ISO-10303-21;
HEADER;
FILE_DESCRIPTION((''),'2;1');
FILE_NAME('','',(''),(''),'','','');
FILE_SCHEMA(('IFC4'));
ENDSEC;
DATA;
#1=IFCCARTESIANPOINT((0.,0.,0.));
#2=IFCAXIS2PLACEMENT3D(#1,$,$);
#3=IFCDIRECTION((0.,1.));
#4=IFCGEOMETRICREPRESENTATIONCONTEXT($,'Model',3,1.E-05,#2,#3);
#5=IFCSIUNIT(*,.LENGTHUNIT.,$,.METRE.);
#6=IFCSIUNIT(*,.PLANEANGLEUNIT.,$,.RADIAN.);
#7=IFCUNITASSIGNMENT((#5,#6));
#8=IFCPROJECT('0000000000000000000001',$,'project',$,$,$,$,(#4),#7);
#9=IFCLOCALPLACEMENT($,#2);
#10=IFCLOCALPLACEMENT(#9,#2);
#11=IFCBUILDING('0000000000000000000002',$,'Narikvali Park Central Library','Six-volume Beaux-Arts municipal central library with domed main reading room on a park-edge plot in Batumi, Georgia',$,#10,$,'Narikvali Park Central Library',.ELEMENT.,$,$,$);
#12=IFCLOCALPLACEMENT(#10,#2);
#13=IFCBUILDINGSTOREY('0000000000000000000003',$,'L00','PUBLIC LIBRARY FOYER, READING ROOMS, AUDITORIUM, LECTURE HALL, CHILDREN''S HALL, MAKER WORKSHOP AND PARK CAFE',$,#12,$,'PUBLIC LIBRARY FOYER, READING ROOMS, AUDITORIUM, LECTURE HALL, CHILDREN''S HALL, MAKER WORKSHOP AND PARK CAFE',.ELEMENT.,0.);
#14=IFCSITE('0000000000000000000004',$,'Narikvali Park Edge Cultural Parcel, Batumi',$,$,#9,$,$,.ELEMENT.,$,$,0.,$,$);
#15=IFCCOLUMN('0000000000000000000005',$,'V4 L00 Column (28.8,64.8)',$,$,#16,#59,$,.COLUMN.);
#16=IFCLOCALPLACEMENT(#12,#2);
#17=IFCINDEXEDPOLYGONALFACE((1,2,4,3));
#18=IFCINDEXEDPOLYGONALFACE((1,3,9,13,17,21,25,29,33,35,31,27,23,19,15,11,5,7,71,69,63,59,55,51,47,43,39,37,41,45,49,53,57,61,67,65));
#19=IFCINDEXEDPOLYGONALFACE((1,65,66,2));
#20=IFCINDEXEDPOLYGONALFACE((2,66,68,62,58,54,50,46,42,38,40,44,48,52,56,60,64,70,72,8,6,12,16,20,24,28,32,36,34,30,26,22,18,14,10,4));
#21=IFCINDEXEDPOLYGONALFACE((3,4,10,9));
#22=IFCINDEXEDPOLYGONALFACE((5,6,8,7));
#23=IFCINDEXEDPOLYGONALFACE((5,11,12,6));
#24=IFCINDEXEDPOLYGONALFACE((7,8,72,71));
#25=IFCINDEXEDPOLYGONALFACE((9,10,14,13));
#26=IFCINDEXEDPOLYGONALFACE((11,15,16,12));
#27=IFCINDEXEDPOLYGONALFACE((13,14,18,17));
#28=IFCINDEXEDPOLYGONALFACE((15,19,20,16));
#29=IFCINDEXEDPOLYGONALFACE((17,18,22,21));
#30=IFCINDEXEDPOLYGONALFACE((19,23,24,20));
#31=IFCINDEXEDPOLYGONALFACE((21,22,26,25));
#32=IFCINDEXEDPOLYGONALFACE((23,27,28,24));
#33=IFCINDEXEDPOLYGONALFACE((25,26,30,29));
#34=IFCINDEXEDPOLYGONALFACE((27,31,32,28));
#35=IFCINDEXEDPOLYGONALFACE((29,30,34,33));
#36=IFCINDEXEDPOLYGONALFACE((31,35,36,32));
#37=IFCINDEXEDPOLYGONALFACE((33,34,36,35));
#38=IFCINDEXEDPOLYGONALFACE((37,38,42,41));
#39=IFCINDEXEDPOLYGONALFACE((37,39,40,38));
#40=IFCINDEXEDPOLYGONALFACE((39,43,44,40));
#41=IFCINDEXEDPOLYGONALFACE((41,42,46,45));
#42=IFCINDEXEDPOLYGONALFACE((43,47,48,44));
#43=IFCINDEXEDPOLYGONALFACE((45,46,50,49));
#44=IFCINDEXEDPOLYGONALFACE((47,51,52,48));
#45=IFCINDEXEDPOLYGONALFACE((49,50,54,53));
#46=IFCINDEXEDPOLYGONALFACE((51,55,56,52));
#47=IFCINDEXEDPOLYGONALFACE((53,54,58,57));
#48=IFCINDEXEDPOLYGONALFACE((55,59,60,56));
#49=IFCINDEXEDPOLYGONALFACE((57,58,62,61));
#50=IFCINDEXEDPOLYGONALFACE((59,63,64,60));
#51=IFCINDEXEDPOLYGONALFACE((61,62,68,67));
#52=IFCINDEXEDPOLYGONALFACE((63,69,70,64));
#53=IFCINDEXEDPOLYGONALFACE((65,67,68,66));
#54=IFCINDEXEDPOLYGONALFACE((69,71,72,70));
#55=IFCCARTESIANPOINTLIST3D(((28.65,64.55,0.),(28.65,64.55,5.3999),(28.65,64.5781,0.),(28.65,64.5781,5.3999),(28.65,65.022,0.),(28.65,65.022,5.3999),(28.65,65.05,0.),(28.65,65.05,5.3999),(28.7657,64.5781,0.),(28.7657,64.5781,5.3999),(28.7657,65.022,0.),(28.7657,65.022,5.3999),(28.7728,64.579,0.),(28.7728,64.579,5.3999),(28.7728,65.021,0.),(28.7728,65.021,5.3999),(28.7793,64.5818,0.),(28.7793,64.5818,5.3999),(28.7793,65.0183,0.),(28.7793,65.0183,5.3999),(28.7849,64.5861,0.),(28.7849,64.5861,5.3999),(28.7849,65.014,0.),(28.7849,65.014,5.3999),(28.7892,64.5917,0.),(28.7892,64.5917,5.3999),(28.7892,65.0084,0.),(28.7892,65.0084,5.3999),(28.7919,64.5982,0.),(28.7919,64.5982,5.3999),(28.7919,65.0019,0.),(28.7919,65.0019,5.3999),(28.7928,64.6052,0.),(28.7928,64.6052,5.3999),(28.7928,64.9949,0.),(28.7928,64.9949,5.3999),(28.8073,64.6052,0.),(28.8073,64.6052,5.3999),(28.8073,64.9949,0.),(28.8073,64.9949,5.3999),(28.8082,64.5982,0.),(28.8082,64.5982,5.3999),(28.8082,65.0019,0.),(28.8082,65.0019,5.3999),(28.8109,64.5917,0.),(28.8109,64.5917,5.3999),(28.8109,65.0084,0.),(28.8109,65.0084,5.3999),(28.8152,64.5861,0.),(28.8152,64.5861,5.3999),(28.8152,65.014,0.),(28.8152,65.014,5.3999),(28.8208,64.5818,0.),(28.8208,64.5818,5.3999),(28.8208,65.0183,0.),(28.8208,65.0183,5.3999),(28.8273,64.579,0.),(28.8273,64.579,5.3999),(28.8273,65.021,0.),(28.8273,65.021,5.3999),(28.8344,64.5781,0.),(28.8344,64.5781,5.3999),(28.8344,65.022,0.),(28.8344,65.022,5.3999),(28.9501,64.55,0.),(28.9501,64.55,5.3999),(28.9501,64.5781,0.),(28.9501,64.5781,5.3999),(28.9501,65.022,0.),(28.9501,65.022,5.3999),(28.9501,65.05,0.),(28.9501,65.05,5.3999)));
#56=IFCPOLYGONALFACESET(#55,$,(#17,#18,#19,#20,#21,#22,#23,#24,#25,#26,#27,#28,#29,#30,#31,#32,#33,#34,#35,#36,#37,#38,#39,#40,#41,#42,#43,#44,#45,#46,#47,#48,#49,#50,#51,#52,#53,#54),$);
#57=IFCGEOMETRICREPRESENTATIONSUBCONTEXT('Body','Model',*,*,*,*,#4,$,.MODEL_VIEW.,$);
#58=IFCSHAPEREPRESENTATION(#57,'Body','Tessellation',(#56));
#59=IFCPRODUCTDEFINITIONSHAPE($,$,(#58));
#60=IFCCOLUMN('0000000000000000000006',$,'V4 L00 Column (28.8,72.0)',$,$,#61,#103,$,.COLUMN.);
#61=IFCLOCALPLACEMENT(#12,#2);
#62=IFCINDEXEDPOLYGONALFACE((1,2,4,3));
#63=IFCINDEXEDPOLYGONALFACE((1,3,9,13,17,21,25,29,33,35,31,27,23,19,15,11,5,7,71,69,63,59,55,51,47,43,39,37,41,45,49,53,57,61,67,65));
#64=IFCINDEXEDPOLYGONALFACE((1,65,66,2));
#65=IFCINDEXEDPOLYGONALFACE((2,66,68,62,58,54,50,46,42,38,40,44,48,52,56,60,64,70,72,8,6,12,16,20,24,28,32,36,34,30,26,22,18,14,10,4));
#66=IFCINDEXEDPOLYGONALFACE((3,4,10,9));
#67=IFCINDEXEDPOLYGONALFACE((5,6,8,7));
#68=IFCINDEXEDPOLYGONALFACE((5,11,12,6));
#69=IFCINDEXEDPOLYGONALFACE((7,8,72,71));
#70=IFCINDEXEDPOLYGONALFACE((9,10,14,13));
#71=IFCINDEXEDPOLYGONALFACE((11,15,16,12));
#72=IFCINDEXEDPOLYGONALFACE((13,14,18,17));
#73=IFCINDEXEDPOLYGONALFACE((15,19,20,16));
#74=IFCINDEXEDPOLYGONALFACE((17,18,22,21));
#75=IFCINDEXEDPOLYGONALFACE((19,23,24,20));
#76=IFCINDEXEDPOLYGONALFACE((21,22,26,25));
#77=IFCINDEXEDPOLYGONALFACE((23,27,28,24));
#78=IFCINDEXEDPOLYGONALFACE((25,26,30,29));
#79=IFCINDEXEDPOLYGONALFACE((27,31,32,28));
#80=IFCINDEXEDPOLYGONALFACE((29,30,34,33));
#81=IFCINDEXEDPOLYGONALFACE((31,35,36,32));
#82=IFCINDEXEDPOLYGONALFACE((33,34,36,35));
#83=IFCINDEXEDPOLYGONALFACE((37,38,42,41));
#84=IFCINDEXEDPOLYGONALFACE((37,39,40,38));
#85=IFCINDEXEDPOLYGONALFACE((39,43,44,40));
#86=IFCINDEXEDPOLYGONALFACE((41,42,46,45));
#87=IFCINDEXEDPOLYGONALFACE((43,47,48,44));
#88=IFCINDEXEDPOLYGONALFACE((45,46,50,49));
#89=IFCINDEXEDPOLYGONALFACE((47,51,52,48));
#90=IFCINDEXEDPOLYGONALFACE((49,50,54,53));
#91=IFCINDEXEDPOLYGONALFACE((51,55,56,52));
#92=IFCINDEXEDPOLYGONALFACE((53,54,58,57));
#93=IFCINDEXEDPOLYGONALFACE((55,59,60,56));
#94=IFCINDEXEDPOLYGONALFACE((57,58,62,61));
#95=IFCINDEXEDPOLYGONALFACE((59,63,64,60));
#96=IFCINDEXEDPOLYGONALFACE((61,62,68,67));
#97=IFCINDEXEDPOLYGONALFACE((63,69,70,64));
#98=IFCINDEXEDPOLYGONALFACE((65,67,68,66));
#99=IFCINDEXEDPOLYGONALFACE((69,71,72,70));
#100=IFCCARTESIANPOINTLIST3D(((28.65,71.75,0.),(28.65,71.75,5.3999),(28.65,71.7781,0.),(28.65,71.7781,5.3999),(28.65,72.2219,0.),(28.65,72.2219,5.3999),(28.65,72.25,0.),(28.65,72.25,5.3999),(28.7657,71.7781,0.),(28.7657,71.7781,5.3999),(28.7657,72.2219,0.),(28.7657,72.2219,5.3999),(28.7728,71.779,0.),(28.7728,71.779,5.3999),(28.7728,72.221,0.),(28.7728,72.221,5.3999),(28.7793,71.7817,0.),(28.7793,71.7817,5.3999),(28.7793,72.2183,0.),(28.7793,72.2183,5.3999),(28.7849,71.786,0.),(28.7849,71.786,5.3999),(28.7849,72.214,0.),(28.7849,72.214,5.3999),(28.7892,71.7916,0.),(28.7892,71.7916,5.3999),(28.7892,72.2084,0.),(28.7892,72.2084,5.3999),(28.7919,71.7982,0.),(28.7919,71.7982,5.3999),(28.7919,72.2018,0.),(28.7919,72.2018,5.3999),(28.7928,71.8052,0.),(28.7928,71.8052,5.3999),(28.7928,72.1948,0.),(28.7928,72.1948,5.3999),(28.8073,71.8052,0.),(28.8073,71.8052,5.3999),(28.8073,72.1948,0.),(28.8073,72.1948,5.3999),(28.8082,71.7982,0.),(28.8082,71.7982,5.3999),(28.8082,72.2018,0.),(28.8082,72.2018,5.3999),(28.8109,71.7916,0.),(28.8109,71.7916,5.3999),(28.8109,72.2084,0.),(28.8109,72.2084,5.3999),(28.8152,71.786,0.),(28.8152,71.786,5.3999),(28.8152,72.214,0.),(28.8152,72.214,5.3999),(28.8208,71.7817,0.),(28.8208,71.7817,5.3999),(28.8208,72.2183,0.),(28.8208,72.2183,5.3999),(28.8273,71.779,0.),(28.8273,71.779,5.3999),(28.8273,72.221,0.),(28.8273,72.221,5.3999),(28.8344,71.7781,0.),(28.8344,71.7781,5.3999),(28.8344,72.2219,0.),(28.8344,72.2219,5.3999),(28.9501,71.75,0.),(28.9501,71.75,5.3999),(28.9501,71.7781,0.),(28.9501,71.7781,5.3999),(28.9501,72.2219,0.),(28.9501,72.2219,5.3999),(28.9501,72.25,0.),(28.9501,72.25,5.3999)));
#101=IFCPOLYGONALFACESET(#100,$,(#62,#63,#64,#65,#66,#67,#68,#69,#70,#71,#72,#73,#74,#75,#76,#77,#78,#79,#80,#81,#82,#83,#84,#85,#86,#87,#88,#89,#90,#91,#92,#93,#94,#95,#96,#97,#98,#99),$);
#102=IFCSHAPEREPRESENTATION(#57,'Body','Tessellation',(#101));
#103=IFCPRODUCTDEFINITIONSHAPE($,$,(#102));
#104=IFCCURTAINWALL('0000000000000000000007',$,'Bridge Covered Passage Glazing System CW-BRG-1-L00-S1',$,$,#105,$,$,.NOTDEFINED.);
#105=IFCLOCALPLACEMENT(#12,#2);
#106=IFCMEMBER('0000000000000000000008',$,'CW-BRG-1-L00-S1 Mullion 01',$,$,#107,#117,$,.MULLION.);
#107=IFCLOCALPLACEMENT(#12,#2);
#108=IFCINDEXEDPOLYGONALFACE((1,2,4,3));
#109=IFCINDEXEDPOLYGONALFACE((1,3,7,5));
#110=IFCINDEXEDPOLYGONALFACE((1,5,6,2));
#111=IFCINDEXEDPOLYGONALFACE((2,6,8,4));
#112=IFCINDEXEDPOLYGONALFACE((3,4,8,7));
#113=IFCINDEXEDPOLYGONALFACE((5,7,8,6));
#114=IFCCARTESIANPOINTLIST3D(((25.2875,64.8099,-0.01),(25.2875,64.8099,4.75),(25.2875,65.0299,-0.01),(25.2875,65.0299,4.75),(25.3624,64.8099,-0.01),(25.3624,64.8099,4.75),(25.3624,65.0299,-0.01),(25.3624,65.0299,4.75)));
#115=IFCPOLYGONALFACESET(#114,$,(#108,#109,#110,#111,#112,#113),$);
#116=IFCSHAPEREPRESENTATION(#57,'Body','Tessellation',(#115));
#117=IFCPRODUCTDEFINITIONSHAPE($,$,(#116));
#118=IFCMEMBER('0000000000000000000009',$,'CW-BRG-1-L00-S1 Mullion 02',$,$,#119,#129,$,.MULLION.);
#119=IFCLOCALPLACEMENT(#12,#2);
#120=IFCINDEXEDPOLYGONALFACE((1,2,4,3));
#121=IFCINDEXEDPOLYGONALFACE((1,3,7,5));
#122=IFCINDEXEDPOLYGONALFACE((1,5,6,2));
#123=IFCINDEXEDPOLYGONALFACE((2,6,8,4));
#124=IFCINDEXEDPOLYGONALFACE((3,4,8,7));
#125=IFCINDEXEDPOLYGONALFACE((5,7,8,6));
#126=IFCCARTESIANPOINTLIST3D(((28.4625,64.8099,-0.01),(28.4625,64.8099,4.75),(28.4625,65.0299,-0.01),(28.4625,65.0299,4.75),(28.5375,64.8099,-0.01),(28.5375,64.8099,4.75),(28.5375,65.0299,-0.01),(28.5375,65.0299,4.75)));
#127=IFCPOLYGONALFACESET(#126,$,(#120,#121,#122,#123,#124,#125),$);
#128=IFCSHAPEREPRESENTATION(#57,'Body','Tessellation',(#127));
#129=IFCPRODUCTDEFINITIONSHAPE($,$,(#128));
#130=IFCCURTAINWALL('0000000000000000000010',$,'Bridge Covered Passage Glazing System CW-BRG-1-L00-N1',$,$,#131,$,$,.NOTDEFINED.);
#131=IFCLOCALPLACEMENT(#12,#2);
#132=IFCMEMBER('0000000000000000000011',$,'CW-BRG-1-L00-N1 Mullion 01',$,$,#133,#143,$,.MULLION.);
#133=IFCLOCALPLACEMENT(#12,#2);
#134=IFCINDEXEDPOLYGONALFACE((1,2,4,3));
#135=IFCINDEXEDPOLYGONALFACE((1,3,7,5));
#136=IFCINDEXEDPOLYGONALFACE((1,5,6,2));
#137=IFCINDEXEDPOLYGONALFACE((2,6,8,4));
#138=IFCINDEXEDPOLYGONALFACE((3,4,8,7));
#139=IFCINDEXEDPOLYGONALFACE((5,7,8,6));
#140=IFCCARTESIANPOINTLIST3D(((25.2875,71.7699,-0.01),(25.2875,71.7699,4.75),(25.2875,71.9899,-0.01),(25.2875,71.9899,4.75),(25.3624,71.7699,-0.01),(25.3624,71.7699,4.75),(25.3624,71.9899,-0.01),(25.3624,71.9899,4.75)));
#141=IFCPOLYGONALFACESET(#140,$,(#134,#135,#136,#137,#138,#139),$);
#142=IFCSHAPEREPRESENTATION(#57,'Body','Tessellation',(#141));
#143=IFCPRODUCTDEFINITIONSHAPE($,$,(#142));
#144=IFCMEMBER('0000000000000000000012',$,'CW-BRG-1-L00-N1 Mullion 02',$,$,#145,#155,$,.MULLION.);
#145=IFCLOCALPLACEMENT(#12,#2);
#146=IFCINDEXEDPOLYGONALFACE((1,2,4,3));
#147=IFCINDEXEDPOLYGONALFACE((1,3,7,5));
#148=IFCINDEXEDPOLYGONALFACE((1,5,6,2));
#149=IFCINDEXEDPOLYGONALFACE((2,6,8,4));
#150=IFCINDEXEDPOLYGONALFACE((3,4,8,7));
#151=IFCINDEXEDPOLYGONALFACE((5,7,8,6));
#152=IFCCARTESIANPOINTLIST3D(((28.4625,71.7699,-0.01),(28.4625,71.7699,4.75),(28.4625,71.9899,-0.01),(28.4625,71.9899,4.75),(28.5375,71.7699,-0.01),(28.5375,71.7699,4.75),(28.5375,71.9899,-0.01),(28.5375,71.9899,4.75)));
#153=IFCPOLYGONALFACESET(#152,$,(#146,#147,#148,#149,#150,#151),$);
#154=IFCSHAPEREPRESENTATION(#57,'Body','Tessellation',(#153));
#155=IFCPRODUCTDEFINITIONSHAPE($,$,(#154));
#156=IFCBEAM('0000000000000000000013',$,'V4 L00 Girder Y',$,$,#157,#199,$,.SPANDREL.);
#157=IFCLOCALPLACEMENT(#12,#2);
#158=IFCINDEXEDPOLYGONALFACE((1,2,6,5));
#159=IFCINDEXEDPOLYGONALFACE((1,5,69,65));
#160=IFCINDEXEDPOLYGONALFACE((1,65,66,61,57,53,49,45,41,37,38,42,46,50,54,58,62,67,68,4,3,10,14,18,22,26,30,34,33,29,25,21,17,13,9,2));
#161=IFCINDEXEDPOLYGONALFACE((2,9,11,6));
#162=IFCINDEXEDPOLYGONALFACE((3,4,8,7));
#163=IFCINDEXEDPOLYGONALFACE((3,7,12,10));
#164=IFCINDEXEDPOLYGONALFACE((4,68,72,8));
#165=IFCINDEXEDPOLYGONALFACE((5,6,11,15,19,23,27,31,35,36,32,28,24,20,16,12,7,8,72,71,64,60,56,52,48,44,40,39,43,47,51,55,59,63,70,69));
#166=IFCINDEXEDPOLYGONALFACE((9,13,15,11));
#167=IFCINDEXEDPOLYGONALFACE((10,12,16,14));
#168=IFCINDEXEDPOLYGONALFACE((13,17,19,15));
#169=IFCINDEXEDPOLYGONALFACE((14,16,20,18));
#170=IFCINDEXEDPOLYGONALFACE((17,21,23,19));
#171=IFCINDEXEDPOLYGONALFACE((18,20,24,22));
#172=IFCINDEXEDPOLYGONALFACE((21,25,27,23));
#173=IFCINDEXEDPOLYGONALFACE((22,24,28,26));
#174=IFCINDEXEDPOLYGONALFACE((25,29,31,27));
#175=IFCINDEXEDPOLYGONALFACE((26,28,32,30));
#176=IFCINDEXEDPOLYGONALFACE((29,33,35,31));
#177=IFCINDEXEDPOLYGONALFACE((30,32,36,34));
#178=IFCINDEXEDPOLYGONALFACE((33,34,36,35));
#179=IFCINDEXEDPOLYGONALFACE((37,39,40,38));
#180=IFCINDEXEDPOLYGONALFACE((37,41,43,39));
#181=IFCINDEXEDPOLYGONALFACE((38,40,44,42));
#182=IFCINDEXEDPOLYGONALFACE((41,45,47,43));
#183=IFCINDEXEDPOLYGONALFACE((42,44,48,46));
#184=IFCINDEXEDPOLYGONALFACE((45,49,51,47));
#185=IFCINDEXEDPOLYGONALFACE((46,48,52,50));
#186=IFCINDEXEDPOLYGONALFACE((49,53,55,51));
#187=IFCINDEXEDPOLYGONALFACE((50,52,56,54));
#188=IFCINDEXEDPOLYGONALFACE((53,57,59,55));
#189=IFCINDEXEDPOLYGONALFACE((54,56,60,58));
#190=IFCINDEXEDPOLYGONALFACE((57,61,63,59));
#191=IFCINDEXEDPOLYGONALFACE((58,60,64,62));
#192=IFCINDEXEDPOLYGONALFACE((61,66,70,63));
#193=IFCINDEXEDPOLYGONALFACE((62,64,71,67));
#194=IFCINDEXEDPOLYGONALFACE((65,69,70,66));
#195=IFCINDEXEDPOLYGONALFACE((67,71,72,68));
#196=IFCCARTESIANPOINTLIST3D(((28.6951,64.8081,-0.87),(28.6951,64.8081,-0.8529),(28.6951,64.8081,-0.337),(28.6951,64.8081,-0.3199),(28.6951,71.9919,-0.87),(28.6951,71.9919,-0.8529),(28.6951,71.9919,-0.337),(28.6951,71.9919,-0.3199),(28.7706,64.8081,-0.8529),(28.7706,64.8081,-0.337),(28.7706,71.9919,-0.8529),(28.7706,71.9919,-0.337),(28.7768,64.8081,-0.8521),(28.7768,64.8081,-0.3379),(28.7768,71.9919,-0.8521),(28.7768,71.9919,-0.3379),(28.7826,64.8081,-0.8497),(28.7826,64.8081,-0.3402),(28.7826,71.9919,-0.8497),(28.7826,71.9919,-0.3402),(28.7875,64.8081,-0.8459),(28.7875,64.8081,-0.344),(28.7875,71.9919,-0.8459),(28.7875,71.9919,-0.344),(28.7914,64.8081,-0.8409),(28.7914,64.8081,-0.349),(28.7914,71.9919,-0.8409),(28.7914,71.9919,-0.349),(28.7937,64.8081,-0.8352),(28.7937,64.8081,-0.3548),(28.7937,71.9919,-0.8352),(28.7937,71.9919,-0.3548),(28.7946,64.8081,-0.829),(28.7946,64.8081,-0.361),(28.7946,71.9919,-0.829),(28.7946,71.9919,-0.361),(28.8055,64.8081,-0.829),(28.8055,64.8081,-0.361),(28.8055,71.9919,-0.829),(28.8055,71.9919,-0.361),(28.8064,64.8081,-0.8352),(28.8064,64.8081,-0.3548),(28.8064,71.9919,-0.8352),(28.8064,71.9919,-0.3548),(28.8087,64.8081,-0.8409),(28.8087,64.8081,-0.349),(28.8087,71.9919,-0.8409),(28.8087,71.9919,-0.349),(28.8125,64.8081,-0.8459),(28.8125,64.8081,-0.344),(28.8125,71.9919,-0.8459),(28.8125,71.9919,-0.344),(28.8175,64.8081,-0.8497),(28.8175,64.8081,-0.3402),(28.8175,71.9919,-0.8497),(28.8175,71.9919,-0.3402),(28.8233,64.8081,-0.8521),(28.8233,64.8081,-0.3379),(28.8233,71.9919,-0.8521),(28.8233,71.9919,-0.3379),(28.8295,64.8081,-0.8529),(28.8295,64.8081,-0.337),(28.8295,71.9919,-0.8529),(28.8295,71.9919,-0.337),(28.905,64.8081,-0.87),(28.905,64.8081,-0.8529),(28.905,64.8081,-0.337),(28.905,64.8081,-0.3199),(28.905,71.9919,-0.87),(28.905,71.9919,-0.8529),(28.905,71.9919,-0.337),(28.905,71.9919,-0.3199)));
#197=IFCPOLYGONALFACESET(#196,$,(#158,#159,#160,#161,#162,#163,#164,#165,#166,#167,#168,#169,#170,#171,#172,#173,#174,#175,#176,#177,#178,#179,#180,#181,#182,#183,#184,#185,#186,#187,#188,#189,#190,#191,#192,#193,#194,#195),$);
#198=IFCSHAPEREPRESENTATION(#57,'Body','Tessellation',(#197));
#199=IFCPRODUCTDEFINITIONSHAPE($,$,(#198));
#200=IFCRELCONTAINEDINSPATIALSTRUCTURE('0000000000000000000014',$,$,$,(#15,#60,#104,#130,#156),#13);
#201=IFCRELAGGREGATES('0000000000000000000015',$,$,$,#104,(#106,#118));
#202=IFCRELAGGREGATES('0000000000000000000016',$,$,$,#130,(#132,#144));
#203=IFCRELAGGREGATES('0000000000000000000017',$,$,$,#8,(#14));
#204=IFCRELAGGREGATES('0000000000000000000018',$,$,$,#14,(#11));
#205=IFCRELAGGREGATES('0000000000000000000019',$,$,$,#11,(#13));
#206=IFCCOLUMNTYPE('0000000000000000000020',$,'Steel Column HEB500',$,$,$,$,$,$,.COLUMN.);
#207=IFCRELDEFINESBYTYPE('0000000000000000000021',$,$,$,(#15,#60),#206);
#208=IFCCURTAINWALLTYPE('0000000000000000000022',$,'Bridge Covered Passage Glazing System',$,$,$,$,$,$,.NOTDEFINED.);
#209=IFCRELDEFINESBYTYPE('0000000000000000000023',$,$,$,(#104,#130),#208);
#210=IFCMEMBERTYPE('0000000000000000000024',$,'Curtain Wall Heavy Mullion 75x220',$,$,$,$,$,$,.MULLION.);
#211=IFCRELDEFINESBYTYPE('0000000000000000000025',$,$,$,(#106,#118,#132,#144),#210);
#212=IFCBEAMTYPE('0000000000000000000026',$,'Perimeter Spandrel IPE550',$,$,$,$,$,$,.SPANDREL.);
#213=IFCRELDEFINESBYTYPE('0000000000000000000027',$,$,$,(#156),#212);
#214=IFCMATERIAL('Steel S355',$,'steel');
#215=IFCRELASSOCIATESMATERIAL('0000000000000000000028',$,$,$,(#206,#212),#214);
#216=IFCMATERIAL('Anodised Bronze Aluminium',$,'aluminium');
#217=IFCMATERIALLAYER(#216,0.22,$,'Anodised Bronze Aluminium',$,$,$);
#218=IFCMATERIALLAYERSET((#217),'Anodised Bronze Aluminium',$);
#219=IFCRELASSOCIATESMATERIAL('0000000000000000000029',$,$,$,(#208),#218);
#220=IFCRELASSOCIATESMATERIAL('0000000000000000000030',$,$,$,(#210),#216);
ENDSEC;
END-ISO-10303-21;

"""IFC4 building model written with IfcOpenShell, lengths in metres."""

from ifc_helpers import new_model, si_unit, direction, frame, origin, origin_2d, place, context, subcontext, project, spatial, rectangle, i_section, extrude, material, layer, layer_set, material_profile, profile_set, type_object, element, aggregate, save


model = new_model("IFC4")

# Units and contexts
model_context = context("Model", 3, precision=1e-05, world=origin(), true_north=direction((0.0, 1.0)))
body_context = subcontext(model_context, "Body", "Model", "MODEL_VIEW")
ifc_project = project(units=[si_unit("LENGTHUNIT", "METRE"), si_unit("PLANEANGLEUNIT", "RADIAN")], contexts=[model_context])

# Site, building, storey
site_placement = place(None, origin())
site = spatial("IfcSite", under=ifc_project, at=site_placement, Name="Narikvali Park Edge Cultural Parcel, Batumi", CompositionType="ELEMENT", RefElevation=0.0)
building_placement = place(site_placement, origin())
building = spatial("IfcBuilding", under=site, at=building_placement, Name="Narikvali Park Central Library", Description="Six-volume Beaux-Arts municipal central library with domed main reading room on a park-edge plot in Batumi, Georgia", LongName="Narikvali Park Central Library", CompositionType="ELEMENT")
storey_placement = place(building_placement, origin())
storey = spatial("IfcBuildingStorey", under=building, at=storey_placement, Name="L00", Description="PUBLIC LIBRARY FOYER, READING ROOMS, AUDITORIUM, LECTURE HALL, CHILDREN'S HALL, MAKER WORKSHOP AND PARK CAFE", LongName="PUBLIC LIBRARY FOYER, READING ROOMS, AUDITORIUM, LECTURE HALL, CHILDREN'S HALL, MAKER WORKSHOP AND PARK CAFE", CompositionType="ELEMENT", Elevation=0.0)

# Columns
ifc_material_1 = material(Name="Steel S355", Category="steel")
ifc_material_profile_1 = material_profile(ifc_material_1, i_section(OverallWidth=0.3, OverallDepth=0.5, WebThickness=0.0144, FlangeThickness=0.0281, FilletRadius=0.0271, at=origin_2d()), Name="HEB 500")
ifc_profile_set_1 = profile_set([ifc_material_profile_1], Name="Steel S355")
column_type = type_object("IfcColumnType", Name="Steel Column HEB500", PredefinedType="COLUMN", material=ifc_profile_set_1)
for number, where, z_axis, x_axis, name in (
    (1, (28.8, 64.8, 0.0), (0.0, 0.0, 1.0), (1.0, 0.0, 0.0), "V4 L00 Column (28.8,64.8)"),
    (2, (28.8, 72.0, 0.0), (0.0, 0.0, 1.0), (1.0, 0.0, 0.0), "V4 L00 Column (28.8,72.0)"),
):
    element("IfcColumn", number, at=place(storey_placement, frame(where, z_axis=z_axis, x_axis=x_axis)), inside=storey, type_object=column_type, Name=name, PredefinedType="COLUMN", context=body_context, shape_type="SweptSolid", body=[
        extrude(i_section(OverallWidth=0.3, OverallDepth=0.5, WebThickness=0.0144, FlangeThickness=0.0281, FilletRadius=0.0271, at=origin_2d()), origin(), (0.0, 0.0, 1.0), 5.3999),
    ])

# Curtain walls, members
ifc_material_2 = material(Name="Anodised Bronze Aluminium", Category="aluminium")
ifc_layer_1 = layer(ifc_material_2, 0.22, Name="Anodised Bronze Aluminium")
ifc_layer_set_1 = layer_set([ifc_layer_1], Name="Anodised Bronze Aluminium")
curtain_wall_type = type_object("IfcCurtainWallType", Name="Bridge Covered Passage Glazing System", PredefinedType="NOTDEFINED", material=ifc_layer_set_1)
curtain_wall_1_placement = place(storey_placement, origin())
curtain_wall_1 = element("IfcCurtainWall", 3, at=curtain_wall_1_placement, inside=storey, type_object=curtain_wall_type, Name="Bridge Covered Passage Glazing System CW-BRG-1-L00-S1", PredefinedType="NOTDEFINED")
ifc_material_profile_2 = material_profile(ifc_material_2, rectangle(XDim=0.075, YDim=0.22, at=origin_2d()), Name="CW MULLION 75x220")
ifc_profile_set_2 = profile_set([ifc_material_profile_2], Name="Anodised Bronze Aluminium")
member_type = type_object("IfcMemberType", Name="Curtain Wall Heavy Mullion 75x220", PredefinedType="MULLION", material=ifc_profile_set_2)
member_1_placement = place(storey_placement, frame((25.325, 64.9199, -0.01), z_axis=(0.0, 0.0, 1.0), x_axis=(1.0, 0.0, 0.0)))
member_1 = element("IfcMember", 4, at=member_1_placement, type_object=member_type, Name="CW-BRG-1-L00-S1 Mullion 01", PredefinedType="MULLION", context=body_context, shape_type="SweptSolid", body=[
    extrude(rectangle(XDim=0.075, YDim=0.22, at=origin_2d()), origin(), (0.0, 0.0, 1.0), 4.76),
])
member_2_placement = place(storey_placement, frame((28.5, 64.9199, -0.01), z_axis=(0.0, 0.0, 1.0), x_axis=(1.0, 0.0, 0.0)))
member_2 = element("IfcMember", 5, at=member_2_placement, type_object=member_type, Name="CW-BRG-1-L00-S1 Mullion 02", PredefinedType="MULLION", context=body_context, shape_type="SweptSolid", body=[
    extrude(rectangle(XDim=0.075, YDim=0.22, at=origin_2d()), origin(), (0.0, 0.0, 1.0), 4.76),
])
curtain_wall_2_placement = place(storey_placement, origin())
curtain_wall_2 = element("IfcCurtainWall", 6, at=curtain_wall_2_placement, inside=storey, type_object=curtain_wall_type, Name="Bridge Covered Passage Glazing System CW-BRG-1-L00-N1", PredefinedType="NOTDEFINED")
member_3_placement = place(storey_placement, frame((25.325, 71.8799, -0.01), z_axis=(0.0, 0.0, 1.0), x_axis=(1.0, 0.0, 0.0)))
member_3 = element("IfcMember", 7, at=member_3_placement, type_object=member_type, Name="CW-BRG-1-L00-N1 Mullion 01", PredefinedType="MULLION", context=body_context, shape_type="SweptSolid", body=[
    extrude(rectangle(XDim=0.075, YDim=0.22, at=origin_2d()), origin(), (0.0, 0.0, 1.0), 4.76),
])
member_4_placement = place(storey_placement, frame((28.5, 71.8799, -0.01), z_axis=(0.0, 0.0, 1.0), x_axis=(1.0, 0.0, 0.0)))
member_4 = element("IfcMember", 8, at=member_4_placement, type_object=member_type, Name="CW-BRG-1-L00-N1 Mullion 02", PredefinedType="MULLION", context=body_context, shape_type="SweptSolid", body=[
    extrude(rectangle(XDim=0.075, YDim=0.22, at=origin_2d()), origin(), (0.0, 0.0, 1.0), 4.76),
])

# Beam
ifc_material_profile_3 = material_profile(ifc_material_1, i_section(OverallWidth=0.21, OverallDepth=0.55, WebThickness=0.011, FlangeThickness=0.0171, FilletRadius=0.0239, at=origin_2d()), Name="IPE 550")
ifc_profile_set_3 = profile_set([ifc_material_profile_3], Name="Steel S355")
beam_type_1 = type_object("IfcBeamType", Name="Perimeter Spandrel IPE550", PredefinedType="SPANDREL", material=ifc_profile_set_3)
for number, where, z_axis, x_axis, name in (
    (9, (28.8, 64.8081, -0.595), (0.0, 1.0, 0.0), (-1.0, 0.0, 0.0), "V4 L00 Girder Y"),
):
    element("IfcBeam", number, at=place(storey_placement, frame(where, z_axis=z_axis, x_axis=x_axis)), inside=storey, type_object=beam_type_1, Name=name, PredefinedType="SPANDREL", context=body_context, shape_type="SweptSolid", body=[
        extrude(i_section(OverallWidth=0.21, OverallDepth=0.55, WebThickness=0.011, FlangeThickness=0.0171, FilletRadius=0.0239, at=origin_2d()), origin(), (0.0, 0.0, 1.0), 7.1838),
    ])

aggregate(curtain_wall_1, [member_1, member_2])
aggregate(curtain_wall_2, [member_3, member_4])

save(model, "model.ifc")
